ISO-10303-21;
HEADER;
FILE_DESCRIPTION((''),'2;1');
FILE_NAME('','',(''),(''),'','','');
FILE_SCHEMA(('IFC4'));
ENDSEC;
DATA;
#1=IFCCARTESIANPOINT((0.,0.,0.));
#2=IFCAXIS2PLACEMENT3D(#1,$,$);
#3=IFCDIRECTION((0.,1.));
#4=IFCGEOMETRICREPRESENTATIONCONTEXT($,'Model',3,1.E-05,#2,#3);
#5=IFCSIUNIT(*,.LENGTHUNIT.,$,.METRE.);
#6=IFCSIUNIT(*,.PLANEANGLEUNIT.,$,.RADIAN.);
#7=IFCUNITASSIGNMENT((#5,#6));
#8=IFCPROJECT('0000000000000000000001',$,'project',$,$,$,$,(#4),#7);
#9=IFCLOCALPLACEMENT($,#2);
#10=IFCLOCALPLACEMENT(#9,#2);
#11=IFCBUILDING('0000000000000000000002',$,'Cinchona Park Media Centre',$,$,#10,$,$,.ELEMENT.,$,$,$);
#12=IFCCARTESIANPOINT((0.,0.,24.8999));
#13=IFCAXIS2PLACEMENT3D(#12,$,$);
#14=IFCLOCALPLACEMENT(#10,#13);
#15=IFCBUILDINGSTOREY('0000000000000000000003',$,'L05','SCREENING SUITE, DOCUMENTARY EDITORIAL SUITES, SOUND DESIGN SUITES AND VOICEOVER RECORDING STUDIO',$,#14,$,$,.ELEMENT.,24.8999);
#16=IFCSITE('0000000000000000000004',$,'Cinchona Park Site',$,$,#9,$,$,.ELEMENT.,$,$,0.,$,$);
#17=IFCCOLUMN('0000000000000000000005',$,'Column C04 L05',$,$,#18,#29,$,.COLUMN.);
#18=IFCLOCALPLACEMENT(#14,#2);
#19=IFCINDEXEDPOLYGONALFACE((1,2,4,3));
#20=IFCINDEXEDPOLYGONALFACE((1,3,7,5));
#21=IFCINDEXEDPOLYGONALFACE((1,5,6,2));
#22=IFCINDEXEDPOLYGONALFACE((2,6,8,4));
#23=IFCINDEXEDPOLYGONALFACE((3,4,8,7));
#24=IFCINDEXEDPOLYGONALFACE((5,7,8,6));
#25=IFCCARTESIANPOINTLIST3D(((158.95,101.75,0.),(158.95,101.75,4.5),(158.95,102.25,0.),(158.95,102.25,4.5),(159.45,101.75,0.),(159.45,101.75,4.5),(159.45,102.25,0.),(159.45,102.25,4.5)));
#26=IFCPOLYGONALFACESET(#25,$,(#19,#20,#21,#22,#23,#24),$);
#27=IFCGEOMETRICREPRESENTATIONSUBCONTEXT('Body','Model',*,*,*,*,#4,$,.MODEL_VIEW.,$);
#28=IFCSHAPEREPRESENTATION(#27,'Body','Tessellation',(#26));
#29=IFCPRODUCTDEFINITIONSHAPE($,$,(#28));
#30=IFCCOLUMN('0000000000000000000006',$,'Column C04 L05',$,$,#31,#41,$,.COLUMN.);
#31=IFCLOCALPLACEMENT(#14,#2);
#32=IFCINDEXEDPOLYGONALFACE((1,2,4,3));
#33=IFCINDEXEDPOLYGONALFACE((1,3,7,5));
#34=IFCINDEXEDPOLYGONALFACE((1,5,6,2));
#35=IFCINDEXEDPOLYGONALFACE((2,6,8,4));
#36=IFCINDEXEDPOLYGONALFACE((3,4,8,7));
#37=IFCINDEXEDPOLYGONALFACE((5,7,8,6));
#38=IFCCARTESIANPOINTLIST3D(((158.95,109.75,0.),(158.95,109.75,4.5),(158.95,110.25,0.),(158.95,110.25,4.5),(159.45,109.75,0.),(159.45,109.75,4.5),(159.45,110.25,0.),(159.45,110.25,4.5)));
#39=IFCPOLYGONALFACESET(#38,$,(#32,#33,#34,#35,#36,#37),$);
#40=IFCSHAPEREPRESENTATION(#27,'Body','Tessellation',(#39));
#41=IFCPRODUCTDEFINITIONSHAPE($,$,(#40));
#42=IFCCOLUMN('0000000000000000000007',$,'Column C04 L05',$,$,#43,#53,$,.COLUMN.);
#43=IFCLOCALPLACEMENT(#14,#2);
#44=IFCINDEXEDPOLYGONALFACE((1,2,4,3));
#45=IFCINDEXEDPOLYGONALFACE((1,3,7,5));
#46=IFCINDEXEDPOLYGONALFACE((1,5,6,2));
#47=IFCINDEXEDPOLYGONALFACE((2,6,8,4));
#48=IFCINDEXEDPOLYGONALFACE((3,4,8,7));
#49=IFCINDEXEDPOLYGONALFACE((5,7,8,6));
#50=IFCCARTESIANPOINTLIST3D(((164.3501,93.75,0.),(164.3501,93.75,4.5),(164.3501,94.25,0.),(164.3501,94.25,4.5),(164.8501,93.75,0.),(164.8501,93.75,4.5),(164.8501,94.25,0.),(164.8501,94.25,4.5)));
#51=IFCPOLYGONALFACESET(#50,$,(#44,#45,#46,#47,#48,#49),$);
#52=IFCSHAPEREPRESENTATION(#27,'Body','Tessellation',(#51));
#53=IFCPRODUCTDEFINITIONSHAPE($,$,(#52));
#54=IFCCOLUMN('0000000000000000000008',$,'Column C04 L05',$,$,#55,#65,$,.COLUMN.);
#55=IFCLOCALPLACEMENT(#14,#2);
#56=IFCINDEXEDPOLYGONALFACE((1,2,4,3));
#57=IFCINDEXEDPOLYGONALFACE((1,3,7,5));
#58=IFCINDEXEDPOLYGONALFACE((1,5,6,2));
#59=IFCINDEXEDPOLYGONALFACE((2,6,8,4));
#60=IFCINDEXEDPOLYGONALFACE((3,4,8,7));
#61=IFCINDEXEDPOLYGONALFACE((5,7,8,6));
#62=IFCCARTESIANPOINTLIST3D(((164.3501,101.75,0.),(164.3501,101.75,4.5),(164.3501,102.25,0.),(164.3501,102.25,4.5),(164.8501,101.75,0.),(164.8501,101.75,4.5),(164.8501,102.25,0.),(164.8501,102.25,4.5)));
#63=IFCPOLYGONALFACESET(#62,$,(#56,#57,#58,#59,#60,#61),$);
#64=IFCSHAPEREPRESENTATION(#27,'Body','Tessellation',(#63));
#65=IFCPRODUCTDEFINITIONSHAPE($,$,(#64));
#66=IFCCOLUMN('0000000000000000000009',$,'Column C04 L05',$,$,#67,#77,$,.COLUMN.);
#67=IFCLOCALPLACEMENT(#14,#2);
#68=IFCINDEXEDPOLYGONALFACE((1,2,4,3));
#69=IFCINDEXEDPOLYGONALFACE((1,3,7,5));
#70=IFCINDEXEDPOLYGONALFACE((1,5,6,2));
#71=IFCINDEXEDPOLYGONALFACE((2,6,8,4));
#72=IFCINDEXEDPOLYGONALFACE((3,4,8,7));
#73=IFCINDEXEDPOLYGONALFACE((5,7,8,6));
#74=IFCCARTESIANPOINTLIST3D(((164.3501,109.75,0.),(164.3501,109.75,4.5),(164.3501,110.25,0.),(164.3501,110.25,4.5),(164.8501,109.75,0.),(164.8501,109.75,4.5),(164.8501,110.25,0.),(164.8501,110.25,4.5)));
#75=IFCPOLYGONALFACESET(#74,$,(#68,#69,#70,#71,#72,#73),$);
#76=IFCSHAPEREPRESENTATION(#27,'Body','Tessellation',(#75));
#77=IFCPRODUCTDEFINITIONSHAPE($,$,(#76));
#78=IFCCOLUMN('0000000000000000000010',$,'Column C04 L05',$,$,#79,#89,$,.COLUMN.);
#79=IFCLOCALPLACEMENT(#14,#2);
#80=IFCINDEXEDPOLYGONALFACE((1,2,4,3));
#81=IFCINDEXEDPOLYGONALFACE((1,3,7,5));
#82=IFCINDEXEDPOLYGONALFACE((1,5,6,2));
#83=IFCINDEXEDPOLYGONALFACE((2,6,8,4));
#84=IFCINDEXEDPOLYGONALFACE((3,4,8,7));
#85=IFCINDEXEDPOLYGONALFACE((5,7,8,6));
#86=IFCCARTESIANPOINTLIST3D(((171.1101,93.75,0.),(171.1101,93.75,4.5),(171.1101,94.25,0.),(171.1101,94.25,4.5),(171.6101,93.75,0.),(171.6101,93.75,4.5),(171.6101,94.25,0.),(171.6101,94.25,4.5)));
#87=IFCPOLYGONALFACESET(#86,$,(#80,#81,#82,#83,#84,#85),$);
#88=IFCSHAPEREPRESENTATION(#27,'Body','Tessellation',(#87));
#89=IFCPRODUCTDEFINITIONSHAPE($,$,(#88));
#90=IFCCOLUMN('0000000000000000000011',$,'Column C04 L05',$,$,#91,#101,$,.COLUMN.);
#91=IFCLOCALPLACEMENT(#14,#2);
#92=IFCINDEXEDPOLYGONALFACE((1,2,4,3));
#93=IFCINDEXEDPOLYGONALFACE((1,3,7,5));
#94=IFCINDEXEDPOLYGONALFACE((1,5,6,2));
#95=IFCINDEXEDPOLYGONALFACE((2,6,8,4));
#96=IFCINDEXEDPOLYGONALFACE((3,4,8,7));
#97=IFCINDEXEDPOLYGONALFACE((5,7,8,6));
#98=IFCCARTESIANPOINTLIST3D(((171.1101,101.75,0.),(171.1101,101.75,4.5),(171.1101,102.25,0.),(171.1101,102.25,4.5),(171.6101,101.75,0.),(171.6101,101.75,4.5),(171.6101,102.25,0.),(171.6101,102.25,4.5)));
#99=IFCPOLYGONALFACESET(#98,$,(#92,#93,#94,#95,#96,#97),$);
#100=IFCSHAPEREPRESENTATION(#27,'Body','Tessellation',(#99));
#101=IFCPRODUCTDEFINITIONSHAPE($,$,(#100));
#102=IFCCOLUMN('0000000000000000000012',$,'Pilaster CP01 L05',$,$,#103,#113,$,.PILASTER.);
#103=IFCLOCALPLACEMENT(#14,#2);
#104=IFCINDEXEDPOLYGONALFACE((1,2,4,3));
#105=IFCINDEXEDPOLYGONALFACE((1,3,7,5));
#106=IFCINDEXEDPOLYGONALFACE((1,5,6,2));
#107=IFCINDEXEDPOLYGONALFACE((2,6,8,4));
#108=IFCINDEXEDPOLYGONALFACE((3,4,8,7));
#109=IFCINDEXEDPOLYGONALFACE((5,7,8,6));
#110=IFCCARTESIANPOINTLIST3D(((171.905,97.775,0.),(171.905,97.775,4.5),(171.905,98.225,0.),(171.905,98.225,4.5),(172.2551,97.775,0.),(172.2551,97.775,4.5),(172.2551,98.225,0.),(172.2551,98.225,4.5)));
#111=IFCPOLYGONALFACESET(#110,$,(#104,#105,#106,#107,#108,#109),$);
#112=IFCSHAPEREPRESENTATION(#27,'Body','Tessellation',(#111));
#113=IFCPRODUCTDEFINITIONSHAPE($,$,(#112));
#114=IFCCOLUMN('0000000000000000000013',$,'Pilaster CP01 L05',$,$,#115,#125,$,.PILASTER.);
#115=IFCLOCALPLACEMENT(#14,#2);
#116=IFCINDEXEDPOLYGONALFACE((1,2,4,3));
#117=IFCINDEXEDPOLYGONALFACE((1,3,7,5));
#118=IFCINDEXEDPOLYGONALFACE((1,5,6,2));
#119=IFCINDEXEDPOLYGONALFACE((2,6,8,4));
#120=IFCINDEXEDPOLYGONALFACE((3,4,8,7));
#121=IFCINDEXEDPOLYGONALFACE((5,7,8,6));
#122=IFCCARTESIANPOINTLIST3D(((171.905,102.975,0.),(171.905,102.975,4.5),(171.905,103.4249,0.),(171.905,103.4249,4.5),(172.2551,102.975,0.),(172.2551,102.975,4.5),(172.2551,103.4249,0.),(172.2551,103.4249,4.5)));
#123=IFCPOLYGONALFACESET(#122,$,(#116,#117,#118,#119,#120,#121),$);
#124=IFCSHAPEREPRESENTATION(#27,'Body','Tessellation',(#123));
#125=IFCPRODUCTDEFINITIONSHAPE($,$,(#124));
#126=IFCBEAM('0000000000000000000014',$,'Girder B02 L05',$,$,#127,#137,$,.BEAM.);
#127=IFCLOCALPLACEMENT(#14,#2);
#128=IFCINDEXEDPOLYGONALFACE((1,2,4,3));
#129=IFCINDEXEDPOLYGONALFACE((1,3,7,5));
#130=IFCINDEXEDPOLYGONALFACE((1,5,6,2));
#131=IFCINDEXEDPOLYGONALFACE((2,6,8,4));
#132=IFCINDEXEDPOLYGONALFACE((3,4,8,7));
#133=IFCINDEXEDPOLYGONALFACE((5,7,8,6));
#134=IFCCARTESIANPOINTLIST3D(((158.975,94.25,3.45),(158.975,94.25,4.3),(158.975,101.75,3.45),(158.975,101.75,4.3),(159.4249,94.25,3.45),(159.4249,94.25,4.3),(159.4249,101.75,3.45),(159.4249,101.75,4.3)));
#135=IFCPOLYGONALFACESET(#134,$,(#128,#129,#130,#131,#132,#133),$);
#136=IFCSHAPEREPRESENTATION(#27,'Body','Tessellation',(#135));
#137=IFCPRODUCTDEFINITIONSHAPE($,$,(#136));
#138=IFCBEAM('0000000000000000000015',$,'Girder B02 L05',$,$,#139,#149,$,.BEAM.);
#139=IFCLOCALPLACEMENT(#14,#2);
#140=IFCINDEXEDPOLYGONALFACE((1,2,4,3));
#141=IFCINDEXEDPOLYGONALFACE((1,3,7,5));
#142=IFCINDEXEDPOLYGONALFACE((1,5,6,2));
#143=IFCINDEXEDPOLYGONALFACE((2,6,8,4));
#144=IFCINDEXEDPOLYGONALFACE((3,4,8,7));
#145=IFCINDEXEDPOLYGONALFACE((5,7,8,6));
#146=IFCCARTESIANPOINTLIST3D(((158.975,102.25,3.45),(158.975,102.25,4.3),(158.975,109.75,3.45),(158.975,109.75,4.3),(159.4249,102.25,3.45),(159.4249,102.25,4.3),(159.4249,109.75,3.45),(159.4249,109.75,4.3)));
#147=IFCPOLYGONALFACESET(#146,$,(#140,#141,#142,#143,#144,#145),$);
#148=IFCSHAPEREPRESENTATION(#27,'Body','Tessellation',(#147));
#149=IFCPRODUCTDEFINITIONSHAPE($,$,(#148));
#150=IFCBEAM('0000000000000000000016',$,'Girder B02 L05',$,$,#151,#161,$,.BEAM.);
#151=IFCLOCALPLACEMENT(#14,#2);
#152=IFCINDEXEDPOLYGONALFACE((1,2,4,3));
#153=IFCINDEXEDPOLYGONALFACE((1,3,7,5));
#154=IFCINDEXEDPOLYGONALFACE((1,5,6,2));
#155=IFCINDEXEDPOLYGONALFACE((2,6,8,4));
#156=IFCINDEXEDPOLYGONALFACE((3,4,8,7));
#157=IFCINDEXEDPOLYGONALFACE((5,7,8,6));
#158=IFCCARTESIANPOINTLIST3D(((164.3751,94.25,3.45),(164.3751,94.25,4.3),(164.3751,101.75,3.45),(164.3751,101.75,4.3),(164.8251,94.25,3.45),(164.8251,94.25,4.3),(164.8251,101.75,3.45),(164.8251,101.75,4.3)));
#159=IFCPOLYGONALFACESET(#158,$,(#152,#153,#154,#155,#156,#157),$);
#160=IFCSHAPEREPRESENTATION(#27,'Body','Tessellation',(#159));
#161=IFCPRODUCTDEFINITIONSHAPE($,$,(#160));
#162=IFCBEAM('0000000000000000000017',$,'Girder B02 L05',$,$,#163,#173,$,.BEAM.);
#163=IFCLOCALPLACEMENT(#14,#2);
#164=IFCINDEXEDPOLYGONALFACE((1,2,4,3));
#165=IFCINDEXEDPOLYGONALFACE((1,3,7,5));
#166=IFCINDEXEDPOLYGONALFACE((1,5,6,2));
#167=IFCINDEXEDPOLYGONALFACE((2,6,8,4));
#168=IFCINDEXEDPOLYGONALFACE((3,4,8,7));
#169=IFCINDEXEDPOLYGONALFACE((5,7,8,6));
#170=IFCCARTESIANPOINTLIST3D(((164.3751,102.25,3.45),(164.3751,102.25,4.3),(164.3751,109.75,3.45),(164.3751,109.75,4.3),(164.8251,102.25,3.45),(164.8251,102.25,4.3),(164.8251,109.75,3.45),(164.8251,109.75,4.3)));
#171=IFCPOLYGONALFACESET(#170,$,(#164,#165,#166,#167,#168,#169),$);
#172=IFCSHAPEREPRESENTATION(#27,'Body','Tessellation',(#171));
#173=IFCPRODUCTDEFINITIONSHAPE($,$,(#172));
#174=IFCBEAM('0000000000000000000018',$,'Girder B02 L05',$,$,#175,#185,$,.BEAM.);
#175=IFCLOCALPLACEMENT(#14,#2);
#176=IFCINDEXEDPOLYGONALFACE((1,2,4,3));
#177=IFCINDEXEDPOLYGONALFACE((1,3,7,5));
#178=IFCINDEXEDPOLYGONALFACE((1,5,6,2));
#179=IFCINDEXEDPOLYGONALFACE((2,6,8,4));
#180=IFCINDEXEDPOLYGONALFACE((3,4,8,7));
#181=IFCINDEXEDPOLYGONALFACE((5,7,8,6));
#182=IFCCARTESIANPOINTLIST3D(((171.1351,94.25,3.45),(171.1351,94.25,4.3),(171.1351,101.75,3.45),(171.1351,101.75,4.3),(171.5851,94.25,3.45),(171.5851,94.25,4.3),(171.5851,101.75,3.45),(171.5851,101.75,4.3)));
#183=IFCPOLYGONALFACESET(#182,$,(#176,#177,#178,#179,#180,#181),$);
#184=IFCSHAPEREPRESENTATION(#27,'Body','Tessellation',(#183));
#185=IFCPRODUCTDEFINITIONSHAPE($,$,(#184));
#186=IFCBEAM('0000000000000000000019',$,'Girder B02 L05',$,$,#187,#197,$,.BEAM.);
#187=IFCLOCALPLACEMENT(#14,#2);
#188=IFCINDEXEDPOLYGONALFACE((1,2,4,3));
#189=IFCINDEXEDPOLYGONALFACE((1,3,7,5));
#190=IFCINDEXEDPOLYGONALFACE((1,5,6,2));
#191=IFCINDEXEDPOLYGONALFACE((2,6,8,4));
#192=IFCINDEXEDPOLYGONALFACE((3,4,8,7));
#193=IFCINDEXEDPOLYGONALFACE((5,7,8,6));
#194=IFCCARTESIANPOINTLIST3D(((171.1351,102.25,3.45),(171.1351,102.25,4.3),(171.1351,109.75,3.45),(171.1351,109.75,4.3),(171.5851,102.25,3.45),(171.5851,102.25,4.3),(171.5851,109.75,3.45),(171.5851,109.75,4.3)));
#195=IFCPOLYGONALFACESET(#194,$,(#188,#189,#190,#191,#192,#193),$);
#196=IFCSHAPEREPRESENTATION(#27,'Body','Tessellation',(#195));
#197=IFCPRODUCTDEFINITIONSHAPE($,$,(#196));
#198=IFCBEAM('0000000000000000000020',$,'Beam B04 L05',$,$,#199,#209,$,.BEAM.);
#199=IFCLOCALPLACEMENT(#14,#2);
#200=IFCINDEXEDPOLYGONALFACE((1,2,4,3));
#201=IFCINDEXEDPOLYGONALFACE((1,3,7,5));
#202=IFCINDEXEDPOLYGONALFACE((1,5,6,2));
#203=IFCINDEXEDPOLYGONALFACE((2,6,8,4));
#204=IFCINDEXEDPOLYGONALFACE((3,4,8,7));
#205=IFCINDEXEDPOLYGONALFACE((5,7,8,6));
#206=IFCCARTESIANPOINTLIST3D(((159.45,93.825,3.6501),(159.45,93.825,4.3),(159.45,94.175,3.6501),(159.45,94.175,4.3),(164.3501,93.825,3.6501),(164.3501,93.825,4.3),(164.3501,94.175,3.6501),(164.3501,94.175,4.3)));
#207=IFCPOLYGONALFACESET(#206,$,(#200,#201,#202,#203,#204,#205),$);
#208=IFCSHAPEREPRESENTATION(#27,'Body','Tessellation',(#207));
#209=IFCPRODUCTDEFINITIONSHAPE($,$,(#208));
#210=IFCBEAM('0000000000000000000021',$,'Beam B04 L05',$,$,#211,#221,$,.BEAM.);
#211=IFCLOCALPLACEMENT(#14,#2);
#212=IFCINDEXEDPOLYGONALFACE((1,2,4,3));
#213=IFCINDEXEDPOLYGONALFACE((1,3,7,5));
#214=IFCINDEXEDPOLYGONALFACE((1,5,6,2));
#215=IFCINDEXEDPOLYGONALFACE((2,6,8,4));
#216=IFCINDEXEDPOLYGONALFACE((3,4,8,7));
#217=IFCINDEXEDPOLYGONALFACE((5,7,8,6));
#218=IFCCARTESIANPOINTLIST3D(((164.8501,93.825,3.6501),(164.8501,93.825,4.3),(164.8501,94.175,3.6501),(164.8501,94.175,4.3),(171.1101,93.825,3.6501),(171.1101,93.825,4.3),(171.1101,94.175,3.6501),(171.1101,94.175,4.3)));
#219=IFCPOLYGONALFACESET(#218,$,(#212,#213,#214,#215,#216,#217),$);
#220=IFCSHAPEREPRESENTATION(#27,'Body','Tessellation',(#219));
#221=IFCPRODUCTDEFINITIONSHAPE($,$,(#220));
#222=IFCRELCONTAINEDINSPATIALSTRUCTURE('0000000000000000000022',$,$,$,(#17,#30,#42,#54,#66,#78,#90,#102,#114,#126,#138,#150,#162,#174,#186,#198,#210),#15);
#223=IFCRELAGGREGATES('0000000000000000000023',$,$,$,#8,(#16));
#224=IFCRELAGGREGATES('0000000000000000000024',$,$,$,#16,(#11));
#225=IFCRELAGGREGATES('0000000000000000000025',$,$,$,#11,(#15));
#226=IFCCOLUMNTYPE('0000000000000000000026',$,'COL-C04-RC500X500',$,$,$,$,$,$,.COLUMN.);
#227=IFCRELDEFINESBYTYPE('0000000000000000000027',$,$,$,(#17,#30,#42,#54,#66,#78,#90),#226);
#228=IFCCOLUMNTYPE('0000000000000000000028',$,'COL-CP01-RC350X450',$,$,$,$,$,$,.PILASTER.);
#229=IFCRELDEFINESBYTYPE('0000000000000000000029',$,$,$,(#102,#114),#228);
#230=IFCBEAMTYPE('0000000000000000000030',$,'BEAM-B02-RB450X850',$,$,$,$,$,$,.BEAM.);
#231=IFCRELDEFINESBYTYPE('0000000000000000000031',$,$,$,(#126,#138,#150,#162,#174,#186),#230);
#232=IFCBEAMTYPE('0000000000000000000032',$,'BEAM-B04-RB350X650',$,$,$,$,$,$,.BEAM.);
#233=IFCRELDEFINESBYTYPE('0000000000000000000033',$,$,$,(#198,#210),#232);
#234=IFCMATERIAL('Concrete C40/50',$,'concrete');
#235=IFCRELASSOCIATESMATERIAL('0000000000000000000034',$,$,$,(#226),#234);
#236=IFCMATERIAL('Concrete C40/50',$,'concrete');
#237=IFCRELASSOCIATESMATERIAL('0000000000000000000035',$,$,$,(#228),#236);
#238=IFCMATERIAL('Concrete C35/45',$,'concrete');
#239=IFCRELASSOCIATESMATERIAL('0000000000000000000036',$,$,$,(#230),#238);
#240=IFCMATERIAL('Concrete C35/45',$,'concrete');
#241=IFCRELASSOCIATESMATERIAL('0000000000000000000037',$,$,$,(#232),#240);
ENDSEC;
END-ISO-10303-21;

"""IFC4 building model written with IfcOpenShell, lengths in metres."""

from ifc_helpers import new_model, si_unit, direction, frame, origin, origin_2d, place, context, subcontext, project, spatial, rectangle, extrude, material, material_profile, profile_set, type_object, element, save


model = new_model("IFC4")

# Units and contexts
model_context = context("Model", 3, precision=1e-05, world=origin(), true_north=direction((0.0, 1.0)))
body_context = subcontext(model_context, "Body", "Model", "MODEL_VIEW")
ifc_project = project(units=[si_unit("LENGTHUNIT", "METRE"), si_unit("PLANEANGLEUNIT", "RADIAN")], contexts=[model_context])

# Site, building, storey
site_placement = place(None, origin())
site = spatial("IfcSite", under=ifc_project, at=site_placement, Name="Cinchona Park Site", CompositionType="ELEMENT", RefElevation=0.0)
building_placement = place(site_placement, origin())
building = spatial("IfcBuilding", under=site, at=building_placement, Name="Cinchona Park Media Centre", CompositionType="ELEMENT")
storey_placement = place(building_placement, frame((0.0, 0.0, 24.8999)))
storey = spatial("IfcBuildingStorey", under=building, at=storey_placement, Name="L05", Description="SCREENING SUITE, DOCUMENTARY EDITORIAL SUITES, SOUND DESIGN SUITES AND VOICEOVER RECORDING STUDIO", CompositionType="ELEMENT", Elevation=24.8999)

# Columns
ifc_material_1 = material(Name="Concrete C40/50", Category="concrete")
ifc_material_profile_1 = material_profile(ifc_material_1, rectangle(XDim=0.5, YDim=0.5, at=origin_2d()), Name="RC 500X500")
ifc_profile_set_1 = profile_set([ifc_material_profile_1], Name="Concrete C40/50")
column_type_1 = type_object("IfcColumnType", Name="COL-C04-RC500X500", PredefinedType="COLUMN", material=ifc_profile_set_1)
for number, where, z_axis, x_axis, name in (
    (1, (159.2, 102.0, 0.0), (0.0, 0.0, 1.0), (1.0, 0.0, 0.0), "Column C04 L05"),
    (2, (159.2, 110.0, 0.0), (0.0, 0.0, 1.0), (1.0, 0.0, 0.0), "Column C04 L05"),
    (3, (164.6001, 94.0, 0.0), (0.0, 0.0, 1.0), (1.0, 0.0, 0.0), "Column C04 L05"),
    (4, (164.6001, 102.0, 0.0), (0.0, 0.0, 1.0), (1.0, 0.0, 0.0), "Column C04 L05"),
    (5, (164.6001, 110.0, 0.0), (0.0, 0.0, 1.0), (1.0, 0.0, 0.0), "Column C04 L05"),
    (6, (171.3601, 94.0, 0.0), (0.0, 0.0, 1.0), (1.0, 0.0, 0.0), "Column C04 L05"),
    (7, (171.3601, 102.0, 0.0), (0.0, 0.0, 1.0), (1.0, 0.0, 0.0), "Column C04 L05"),
):
    element("IfcColumn", number, at=place(storey_placement, frame(where, z_axis=z_axis, x_axis=x_axis)), inside=storey, type_object=column_type_1, Name=name, PredefinedType="COLUMN", context=body_context, shape_type="SweptSolid", body=[
        extrude(rectangle(XDim=0.5, YDim=0.5, at=origin_2d()), origin(), (0.0, 0.0, 1.0), 4.5),
    ])
ifc_material_2 = material(Name="Concrete C40/50", Category="concrete")
ifc_material_profile_2 = material_profile(ifc_material_2, rectangle(XDim=0.3501, YDim=0.45, at=origin_2d()), Name="RC 350X450")
ifc_profile_set_2 = profile_set([ifc_material_profile_2], Name="Concrete C40/50")
column_type_2 = type_object("IfcColumnType", Name="COL-CP01-RC350X450", PredefinedType="PILASTER", material=ifc_profile_set_2)
for number, where, z_axis, x_axis, name in (
    (8, (172.0801, 98.0, 0.0), (0.0, 0.0, 1.0), (1.0, 0.0, 0.0), "Pilaster CP01 L05"),
    (9, (172.0801, 103.2, 0.0), (0.0, 0.0, 1.0), (1.0, 0.0, 0.0), "Pilaster CP01 L05"),
):
    element("IfcColumn", number, at=place(storey_placement, frame(where, z_axis=z_axis, x_axis=x_axis)), inside=storey, type_object=column_type_2, Name=name, PredefinedType="PILASTER", context=body_context, shape_type="SweptSolid", body=[
        extrude(rectangle(XDim=0.3501, YDim=0.45, at=origin_2d()), origin(), (0.0, 0.0, 1.0), 4.5),
    ])

# Beams
ifc_material_3 = material(Name="Concrete C35/45", Category="concrete")
ifc_material_profile_3 = material_profile(ifc_material_3, rectangle(XDim=0.45, YDim=0.8501, at=origin_2d()), Name="RB 450X850")
ifc_profile_set_3 = profile_set([ifc_material_profile_3], Name="Concrete C35/45")
beam_type_1 = type_object("IfcBeamType", Name="BEAM-B02-RB450X850", PredefinedType="BEAM", material=ifc_profile_set_3)
for number, where, z_axis, x_axis, name in (
    (10, (159.2, 94.25, 3.875), (0.0, 1.0, 0.0), (-1.0, 0.0, 0.0), "Girder B02 L05"),
    (11, (159.2, 102.25, 3.875), (0.0, 1.0, 0.0), (-1.0, 0.0, 0.0), "Girder B02 L05"),
    (12, (164.6001, 94.25, 3.875), (0.0, 1.0, 0.0), (-1.0, 0.0, 0.0), "Girder B02 L05"),
    (13, (164.6001, 102.25, 3.875), (0.0, 1.0, 0.0), (-1.0, 0.0, 0.0), "Girder B02 L05"),
    (14, (171.3601, 94.25, 3.875), (0.0, 1.0, 0.0), (-1.0, 0.0, 0.0), "Girder B02 L05"),
    (15, (171.3601, 102.25, 3.875), (0.0, 1.0, 0.0), (-1.0, 0.0, 0.0), "Girder B02 L05"),
):
    element("IfcBeam", number, at=place(storey_placement, frame(where, z_axis=z_axis, x_axis=x_axis)), inside=storey, type_object=beam_type_1, Name=name, PredefinedType="BEAM", context=body_context, shape_type="SweptSolid", body=[
        extrude(rectangle(XDim=0.45, YDim=0.8501, at=origin_2d()), origin(), (0.0, 0.0, 1.0), 7.5),
    ])
ifc_material_4 = material(Name="Concrete C35/45", Category="concrete")
ifc_material_profile_4 = material_profile(ifc_material_4, rectangle(XDim=0.3501, YDim=0.6499, at=origin_2d()), Name="RB 350X650")
ifc_profile_set_4 = profile_set([ifc_material_profile_4], Name="Concrete C35/45")
beam_type_2 = type_object("IfcBeamType", Name="BEAM-B04-RB350X650", PredefinedType="BEAM", material=ifc_profile_set_4)
beam_1_placement = place(storey_placement, frame((159.45, 94.0, 3.9751), z_axis=(1.0, 0.0, 0.0), x_axis=(0.0, 1.0, 0.0)))
element("IfcBeam", 16, at=beam_1_placement, inside=storey, type_object=beam_type_2, Name="Beam B04 L05", PredefinedType="BEAM", context=body_context, shape_type="SweptSolid", body=[
    extrude(rectangle(XDim=0.3501, YDim=0.6499, at=origin_2d()), origin(), (0.0, 0.0, 1.0), 4.9001),
])
beam_2_placement = place(storey_placement, frame((164.8501, 94.0, 3.9751), z_axis=(1.0, 0.0, 0.0), x_axis=(0.0, 1.0, 0.0)))
element("IfcBeam", 17, at=beam_2_placement, inside=storey, type_object=beam_type_2, Name="Beam B04 L05", PredefinedType="BEAM", context=body_context, shape_type="SweptSolid", body=[
    extrude(rectangle(XDim=0.3501, YDim=0.6499, at=origin_2d()), origin(), (0.0, 0.0, 1.0), 6.26),
])

save(model, "model.ifc")
